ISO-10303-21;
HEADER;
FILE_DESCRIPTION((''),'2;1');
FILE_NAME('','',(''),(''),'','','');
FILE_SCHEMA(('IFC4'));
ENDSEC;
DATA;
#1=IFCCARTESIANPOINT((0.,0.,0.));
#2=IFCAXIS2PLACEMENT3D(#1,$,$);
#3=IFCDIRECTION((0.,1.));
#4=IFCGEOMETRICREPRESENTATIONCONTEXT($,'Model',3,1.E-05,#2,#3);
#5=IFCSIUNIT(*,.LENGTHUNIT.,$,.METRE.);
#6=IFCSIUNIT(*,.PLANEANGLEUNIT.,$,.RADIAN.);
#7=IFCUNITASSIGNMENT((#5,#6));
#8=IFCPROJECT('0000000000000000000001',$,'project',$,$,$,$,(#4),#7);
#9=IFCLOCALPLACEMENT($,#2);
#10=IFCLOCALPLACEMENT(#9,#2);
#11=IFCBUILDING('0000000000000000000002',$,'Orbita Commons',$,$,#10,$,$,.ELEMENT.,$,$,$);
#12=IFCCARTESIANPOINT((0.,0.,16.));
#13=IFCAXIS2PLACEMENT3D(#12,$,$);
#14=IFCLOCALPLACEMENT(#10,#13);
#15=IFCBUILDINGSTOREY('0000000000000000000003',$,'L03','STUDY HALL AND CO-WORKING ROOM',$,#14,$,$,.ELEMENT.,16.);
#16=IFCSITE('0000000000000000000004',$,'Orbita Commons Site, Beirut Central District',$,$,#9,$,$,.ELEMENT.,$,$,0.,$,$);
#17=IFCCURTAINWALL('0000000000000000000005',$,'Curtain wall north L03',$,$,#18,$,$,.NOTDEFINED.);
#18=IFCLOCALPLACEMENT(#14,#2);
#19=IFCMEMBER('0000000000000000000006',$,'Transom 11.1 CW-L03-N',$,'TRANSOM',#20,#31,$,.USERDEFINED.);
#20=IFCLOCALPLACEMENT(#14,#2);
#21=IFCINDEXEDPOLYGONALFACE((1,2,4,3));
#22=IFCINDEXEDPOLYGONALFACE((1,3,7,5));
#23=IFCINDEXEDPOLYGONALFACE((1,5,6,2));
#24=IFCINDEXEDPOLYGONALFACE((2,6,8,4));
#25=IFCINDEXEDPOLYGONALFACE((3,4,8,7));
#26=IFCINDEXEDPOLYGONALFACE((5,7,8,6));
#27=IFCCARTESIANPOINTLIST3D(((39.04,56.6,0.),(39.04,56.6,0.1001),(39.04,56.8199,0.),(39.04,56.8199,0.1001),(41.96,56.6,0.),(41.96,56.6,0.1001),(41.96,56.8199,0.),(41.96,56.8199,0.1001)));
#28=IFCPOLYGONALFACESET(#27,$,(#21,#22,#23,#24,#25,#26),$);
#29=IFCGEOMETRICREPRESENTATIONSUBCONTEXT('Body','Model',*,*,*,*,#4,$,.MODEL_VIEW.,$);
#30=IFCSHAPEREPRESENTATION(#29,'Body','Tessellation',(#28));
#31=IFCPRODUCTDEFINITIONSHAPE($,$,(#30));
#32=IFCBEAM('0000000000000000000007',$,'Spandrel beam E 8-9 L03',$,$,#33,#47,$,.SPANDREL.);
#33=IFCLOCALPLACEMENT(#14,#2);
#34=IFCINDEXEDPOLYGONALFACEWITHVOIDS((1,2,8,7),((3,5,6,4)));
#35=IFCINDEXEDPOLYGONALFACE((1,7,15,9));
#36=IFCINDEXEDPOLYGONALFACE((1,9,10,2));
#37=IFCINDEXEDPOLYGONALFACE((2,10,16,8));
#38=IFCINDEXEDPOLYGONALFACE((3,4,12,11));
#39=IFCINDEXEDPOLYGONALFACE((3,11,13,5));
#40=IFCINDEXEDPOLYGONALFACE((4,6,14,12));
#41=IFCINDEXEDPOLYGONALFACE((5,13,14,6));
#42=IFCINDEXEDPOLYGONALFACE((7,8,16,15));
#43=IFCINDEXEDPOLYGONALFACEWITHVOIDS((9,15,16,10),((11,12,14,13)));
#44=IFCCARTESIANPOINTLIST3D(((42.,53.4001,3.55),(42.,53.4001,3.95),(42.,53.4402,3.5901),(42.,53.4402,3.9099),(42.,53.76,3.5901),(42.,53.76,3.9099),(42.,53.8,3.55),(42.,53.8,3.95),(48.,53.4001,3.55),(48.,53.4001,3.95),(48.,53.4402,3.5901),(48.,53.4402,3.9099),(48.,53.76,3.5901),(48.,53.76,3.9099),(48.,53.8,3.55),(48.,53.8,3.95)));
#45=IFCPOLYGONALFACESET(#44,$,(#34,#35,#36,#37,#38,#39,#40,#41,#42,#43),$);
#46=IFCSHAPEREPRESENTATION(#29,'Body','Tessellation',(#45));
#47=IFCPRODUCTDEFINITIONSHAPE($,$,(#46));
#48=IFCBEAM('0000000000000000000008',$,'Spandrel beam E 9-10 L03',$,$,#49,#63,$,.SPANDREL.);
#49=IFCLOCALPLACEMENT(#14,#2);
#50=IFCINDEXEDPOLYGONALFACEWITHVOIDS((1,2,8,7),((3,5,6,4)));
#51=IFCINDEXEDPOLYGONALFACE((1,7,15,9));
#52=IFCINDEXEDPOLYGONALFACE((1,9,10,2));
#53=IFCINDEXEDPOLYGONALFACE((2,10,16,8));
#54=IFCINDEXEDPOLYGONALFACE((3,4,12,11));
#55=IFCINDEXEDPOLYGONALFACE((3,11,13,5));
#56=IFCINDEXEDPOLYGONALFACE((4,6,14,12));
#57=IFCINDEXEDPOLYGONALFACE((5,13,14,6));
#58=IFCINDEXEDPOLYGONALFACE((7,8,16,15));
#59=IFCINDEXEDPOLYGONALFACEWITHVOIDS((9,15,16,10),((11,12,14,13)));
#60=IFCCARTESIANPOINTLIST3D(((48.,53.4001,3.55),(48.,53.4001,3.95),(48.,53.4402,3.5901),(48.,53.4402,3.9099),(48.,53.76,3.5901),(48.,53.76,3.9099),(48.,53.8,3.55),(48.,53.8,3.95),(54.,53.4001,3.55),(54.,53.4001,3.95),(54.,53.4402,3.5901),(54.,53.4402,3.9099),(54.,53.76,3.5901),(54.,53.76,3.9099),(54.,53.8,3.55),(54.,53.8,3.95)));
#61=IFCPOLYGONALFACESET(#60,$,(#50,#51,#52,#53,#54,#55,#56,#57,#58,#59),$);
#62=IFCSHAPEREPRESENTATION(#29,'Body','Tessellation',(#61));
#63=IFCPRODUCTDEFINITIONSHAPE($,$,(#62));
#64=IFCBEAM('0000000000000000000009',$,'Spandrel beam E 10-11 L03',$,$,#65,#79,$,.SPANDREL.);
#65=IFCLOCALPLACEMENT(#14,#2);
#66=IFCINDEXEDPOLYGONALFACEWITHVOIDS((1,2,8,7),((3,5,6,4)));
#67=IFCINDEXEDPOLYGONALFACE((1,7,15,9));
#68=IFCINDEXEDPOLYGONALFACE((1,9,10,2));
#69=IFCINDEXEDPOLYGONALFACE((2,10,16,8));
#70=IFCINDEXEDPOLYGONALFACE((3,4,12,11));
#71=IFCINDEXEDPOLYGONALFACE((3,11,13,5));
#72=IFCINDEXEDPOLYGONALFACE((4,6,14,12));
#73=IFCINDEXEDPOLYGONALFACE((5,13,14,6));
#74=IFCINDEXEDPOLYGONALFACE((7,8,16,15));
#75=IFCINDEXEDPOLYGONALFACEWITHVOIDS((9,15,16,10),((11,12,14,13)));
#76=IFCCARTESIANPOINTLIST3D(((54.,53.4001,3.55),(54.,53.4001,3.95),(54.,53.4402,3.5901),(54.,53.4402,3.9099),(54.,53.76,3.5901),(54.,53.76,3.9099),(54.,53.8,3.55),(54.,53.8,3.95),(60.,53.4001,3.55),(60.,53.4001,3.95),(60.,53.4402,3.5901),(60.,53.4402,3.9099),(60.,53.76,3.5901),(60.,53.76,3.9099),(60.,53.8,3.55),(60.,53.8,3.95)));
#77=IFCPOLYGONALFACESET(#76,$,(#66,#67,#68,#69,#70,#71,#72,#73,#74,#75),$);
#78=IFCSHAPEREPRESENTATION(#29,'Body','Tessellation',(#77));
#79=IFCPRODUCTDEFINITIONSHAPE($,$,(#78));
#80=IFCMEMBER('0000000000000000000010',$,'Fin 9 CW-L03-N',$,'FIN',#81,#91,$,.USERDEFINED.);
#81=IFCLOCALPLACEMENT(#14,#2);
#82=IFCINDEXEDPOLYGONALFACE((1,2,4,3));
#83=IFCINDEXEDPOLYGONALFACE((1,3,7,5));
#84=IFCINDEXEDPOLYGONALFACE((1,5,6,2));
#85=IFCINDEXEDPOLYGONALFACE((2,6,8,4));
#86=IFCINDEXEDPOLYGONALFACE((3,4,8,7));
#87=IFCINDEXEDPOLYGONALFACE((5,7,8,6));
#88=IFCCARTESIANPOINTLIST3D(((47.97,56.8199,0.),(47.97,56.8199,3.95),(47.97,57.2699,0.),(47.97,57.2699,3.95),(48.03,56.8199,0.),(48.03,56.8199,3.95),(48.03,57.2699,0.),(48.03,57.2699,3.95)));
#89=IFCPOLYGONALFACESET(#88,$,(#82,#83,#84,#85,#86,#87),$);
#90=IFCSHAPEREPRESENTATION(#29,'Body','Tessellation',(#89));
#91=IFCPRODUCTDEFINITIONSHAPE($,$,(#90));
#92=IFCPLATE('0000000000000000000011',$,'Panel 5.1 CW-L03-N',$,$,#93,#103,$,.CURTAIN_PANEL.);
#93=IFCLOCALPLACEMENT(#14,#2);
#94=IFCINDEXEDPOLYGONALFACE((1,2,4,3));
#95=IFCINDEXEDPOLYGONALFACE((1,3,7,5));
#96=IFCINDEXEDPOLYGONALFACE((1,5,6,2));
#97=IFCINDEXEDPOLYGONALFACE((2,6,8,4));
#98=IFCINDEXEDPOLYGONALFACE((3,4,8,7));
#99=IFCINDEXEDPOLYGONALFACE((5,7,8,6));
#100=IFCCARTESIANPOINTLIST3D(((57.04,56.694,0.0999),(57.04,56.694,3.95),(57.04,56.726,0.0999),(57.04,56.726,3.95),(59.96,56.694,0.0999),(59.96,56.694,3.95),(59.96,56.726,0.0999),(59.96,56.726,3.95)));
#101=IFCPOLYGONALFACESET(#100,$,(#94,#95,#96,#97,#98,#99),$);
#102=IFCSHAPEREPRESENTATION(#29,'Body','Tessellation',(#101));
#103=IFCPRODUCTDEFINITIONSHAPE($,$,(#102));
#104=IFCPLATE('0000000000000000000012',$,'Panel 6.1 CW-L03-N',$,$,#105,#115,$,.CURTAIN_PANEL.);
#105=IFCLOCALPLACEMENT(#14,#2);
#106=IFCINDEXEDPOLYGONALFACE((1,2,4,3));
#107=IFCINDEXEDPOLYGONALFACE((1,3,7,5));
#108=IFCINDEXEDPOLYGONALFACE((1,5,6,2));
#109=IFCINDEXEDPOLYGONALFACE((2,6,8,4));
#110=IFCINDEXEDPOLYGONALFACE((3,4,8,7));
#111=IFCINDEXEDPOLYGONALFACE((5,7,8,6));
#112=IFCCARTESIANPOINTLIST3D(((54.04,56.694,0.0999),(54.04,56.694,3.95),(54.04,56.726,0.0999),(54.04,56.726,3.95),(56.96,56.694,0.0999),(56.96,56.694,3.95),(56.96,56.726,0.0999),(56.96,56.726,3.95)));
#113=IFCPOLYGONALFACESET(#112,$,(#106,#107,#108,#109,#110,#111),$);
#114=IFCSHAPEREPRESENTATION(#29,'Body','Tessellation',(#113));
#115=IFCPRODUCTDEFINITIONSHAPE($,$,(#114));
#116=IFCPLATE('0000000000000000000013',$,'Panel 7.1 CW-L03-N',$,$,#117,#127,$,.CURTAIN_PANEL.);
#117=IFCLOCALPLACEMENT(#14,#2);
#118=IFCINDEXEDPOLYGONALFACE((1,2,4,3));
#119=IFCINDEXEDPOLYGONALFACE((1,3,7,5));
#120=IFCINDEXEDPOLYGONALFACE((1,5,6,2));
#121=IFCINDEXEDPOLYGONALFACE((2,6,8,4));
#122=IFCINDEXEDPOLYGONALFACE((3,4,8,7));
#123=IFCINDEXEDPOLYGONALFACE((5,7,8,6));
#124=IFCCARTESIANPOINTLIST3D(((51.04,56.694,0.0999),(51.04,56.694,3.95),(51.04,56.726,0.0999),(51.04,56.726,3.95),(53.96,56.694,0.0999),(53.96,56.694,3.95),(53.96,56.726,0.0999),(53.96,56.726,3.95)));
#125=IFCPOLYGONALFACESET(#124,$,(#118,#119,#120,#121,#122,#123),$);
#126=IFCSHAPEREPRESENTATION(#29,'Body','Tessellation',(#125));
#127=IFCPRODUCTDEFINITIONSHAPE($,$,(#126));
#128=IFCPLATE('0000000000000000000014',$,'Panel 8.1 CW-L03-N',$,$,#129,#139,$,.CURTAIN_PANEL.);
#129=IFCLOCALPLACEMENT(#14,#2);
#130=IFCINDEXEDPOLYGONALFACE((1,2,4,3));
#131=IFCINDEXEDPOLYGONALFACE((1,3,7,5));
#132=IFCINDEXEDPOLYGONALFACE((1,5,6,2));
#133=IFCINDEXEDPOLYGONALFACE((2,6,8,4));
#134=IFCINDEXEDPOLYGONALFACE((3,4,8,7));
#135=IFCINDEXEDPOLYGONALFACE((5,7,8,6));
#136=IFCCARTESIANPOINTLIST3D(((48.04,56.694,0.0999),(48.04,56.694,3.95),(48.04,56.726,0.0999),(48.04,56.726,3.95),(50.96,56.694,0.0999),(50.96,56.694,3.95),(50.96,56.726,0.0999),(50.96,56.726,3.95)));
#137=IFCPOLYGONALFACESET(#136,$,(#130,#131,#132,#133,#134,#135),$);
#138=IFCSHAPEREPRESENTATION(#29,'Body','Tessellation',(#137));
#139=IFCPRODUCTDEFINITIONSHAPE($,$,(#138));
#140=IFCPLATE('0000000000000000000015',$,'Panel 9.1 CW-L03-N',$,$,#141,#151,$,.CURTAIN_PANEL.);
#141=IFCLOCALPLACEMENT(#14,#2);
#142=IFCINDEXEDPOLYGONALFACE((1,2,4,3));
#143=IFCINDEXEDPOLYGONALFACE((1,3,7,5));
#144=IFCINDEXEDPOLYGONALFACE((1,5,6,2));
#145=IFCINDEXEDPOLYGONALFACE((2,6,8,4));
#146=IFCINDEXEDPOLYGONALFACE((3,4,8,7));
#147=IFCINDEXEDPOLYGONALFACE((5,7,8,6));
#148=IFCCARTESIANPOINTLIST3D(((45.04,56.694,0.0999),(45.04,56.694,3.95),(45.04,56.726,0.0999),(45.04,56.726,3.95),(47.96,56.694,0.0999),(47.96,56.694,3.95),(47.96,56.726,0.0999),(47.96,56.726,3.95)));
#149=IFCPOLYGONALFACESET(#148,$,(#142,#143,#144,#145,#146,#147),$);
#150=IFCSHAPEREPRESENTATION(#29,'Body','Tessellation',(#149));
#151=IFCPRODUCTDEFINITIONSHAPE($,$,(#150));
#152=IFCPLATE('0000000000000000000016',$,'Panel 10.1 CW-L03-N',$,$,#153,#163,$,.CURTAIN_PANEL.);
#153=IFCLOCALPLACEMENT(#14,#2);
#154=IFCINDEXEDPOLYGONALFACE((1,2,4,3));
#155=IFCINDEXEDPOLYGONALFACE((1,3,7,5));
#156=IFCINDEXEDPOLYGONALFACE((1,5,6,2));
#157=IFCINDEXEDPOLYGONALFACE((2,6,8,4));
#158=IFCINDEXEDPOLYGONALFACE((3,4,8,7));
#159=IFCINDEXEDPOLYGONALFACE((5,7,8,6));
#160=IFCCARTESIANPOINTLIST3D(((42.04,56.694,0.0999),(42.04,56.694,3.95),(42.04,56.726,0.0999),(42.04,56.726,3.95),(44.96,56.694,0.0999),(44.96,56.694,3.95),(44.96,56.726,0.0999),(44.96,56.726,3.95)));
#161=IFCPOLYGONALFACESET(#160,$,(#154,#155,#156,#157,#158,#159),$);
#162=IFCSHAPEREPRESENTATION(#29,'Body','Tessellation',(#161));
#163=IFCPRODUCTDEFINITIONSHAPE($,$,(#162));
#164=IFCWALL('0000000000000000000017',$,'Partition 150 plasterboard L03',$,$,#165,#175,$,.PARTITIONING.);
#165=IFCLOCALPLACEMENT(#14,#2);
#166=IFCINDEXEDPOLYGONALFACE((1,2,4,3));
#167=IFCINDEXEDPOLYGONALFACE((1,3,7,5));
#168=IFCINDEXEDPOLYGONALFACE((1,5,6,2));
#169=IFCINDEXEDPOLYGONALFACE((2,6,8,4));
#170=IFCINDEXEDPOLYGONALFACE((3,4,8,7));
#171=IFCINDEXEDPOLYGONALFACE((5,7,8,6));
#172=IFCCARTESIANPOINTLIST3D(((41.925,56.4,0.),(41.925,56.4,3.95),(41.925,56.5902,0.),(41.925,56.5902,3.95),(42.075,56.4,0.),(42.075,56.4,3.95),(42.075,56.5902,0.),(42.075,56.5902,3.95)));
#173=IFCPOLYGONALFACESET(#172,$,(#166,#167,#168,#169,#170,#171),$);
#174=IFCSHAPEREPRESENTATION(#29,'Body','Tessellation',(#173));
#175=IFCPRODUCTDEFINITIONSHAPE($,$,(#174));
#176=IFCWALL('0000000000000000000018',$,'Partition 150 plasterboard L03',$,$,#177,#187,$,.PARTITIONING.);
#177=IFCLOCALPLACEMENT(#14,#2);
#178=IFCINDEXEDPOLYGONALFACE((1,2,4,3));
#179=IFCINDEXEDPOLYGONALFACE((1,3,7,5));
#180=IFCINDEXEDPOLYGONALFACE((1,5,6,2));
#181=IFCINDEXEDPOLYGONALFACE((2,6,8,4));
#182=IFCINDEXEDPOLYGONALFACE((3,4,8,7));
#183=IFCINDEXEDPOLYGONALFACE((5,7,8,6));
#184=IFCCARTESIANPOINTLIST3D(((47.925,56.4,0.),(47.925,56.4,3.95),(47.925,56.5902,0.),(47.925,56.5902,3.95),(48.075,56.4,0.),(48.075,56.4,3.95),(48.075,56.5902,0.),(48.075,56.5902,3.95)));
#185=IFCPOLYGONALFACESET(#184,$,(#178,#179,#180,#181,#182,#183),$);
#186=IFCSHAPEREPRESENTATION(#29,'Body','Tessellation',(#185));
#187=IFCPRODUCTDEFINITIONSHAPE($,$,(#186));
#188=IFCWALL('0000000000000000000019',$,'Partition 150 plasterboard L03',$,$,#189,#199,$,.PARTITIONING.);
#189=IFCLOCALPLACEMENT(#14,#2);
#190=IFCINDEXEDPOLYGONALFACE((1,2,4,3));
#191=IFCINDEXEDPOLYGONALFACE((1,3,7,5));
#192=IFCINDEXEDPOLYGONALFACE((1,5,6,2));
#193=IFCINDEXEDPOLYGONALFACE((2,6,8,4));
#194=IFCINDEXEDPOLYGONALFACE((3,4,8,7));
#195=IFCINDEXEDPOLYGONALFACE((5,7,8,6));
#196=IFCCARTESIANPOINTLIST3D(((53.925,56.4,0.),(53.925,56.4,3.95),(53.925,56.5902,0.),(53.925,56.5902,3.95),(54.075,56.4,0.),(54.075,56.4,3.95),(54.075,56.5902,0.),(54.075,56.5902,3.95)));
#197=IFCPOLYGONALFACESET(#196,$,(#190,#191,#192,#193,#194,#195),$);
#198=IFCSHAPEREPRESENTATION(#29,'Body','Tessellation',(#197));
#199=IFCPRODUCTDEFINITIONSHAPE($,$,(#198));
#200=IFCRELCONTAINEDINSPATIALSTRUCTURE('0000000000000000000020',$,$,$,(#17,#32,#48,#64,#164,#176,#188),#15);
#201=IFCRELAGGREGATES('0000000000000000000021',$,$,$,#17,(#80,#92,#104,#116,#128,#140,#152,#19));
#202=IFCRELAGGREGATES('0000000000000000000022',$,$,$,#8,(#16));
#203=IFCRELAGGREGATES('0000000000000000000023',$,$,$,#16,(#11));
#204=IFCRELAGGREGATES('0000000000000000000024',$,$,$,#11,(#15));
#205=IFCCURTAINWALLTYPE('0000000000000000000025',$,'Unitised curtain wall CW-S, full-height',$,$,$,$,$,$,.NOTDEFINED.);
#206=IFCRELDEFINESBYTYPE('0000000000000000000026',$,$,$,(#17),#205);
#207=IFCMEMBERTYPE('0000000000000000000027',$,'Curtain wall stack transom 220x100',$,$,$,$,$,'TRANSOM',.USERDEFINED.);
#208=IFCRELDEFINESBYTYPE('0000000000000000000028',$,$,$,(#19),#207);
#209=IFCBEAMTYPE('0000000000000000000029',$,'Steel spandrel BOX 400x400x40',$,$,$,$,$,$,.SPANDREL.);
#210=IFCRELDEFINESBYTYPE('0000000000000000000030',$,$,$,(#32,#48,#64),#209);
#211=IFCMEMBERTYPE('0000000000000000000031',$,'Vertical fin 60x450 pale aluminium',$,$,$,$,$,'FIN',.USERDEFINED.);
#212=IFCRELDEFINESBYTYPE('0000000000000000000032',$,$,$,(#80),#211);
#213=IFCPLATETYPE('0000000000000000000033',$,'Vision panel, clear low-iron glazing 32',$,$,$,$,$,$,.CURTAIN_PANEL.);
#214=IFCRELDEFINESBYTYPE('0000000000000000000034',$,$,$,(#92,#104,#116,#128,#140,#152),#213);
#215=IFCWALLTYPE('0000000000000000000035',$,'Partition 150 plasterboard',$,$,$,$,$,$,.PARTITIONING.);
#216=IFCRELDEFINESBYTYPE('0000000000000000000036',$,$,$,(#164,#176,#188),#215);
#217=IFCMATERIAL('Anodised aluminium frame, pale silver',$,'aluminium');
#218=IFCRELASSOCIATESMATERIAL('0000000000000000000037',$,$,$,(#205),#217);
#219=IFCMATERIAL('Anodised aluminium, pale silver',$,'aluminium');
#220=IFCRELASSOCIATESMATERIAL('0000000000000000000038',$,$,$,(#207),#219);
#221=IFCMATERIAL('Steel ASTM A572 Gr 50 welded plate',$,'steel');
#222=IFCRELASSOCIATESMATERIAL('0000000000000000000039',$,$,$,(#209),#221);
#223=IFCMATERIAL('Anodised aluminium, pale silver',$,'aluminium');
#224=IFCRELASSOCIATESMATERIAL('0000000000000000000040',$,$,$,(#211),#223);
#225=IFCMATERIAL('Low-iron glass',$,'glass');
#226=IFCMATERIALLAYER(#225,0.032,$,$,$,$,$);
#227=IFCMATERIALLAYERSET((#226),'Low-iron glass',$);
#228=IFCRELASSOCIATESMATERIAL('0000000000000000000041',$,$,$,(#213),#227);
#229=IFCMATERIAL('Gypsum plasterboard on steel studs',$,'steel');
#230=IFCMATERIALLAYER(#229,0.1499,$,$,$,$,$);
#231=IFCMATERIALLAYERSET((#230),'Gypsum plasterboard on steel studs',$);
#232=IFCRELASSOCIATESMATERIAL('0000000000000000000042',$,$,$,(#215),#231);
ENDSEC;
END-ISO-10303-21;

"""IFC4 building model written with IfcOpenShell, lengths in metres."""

from ifc_helpers import new_model, si_unit, direction, frame, frame_2d, origin, origin_2d, place, context, subcontext, project, spatial, rectangle, hollow_rectangle, extrude, material, layer, layer_set, material_profile, profile_set, type_object, element, aggregate, save


model = new_model("IFC4")

# Units and contexts
model_context = context("Model", 3, precision=1e-05, world=origin(), true_north=direction((0.0, 1.0)))
body_context = subcontext(model_context, "Body", "Model", "MODEL_VIEW")
ifc_project = project(units=[si_unit("LENGTHUNIT", "METRE"), si_unit("PLANEANGLEUNIT", "RADIAN")], contexts=[model_context])

# Site, building, storey
site_placement = place(None, origin())
site = spatial("IfcSite", under=ifc_project, at=site_placement, Name="Orbita Commons Site, Beirut Central District", CompositionType="ELEMENT", RefElevation=0.0)
building_placement = place(site_placement, origin())
building = spatial("IfcBuilding", under=site, at=building_placement, Name="Orbita Commons", CompositionType="ELEMENT")
storey_placement = place(building_placement, frame((0.0, 0.0, 16.0)))
storey = spatial("IfcBuildingStorey", under=building, at=storey_placement, Name="L03", Description="STUDY HALL AND CO-WORKING ROOM", CompositionType="ELEMENT", Elevation=16.0)

# Curtain wall, member
ifc_material_1 = material(Name="Anodised aluminium frame, pale silver", Category="aluminium")
curtain_wall_type = type_object("IfcCurtainWallType", Name="Unitised curtain wall CW-S, full-height", PredefinedType="NOTDEFINED", material=ifc_material_1)
curtain_wall_placement = place(storey_placement, origin())
curtain_wall = element("IfcCurtainWall", 1, at=curtain_wall_placement, inside=storey, type_object=curtain_wall_type, Name="Curtain wall north L03", PredefinedType="NOTDEFINED")
ifc_material_2 = material(Name="Anodised aluminium, pale silver", Category="aluminium")
ifc_material_profile_1 = material_profile(ifc_material_2, rectangle(XDim=0.22, YDim=0.1001, at=origin_2d()), Name="AL 220x100")
ifc_profile_set_1 = profile_set([ifc_material_profile_1], Name="Anodised aluminium, pale silver")
member_type_1 = type_object("IfcMemberType", Name="Curtain wall stack transom 220x100", ElementType="TRANSOM", PredefinedType="USERDEFINED", material=ifc_profile_set_1)
member_1_placement = place(storey_placement, frame((41.96, 56.71, 0.05), z_axis=(-1.0, 0.0, 0.0), x_axis=(0.0, -1.0, 0.0)))
member_1 = element("IfcMember", 2, at=member_1_placement, type_object=member_type_1, Name="Transom 11.1 CW-L03-N", ObjectType="TRANSOM", PredefinedType="USERDEFINED", context=body_context, shape_type="SweptSolid", body=[
    extrude(rectangle(XDim=0.22, YDim=0.1001, at=origin_2d()), origin(), (0.0, 0.0, 1.0), 2.9199),
])

# Beams
ifc_material_3 = material(Name="Steel ASTM A572 Gr 50 welded plate", Category="steel")
ifc_material_profile_2 = material_profile(ifc_material_3, hollow_rectangle(XDim=0.3999, YDim=0.3999, WallThickness=0.04, at=origin_2d()), Name="BOX 400x400x40")
ifc_profile_set_2 = profile_set([ifc_material_profile_2], Name="Steel ASTM A572 Gr 50 welded plate")
beam_type = type_object("IfcBeamType", Name="Steel spandrel BOX 400x400x40", PredefinedType="SPANDREL", material=ifc_profile_set_2)
for number, where, z_axis, x_axis, name in (
    (3, (42.0, 53.6001, 3.75), (1.0, 0.0, 0.0), (0.0, 1.0, 0.0), "Spandrel beam E 8-9 L03"),
    (4, (48.0, 53.6001, 3.75), (1.0, 0.0, 0.0), (0.0, 1.0, 0.0), "Spandrel beam E 9-10 L03"),
    (5, (54.0, 53.6001, 3.75), (1.0, 0.0, 0.0), (0.0, 1.0, 0.0), "Spandrel beam E 10-11 L03"),
):
    element("IfcBeam", number, at=place(storey_placement, frame(where, z_axis=z_axis, x_axis=x_axis)), inside=storey, type_object=beam_type, Name=name, PredefinedType="SPANDREL", context=body_context, shape_type="SweptSolid", body=[
        extrude(hollow_rectangle(XDim=0.3999, YDim=0.3999, WallThickness=0.04, at=origin_2d()), origin(), (0.0, 0.0, 1.0), 6.0),
    ])

# Member
ifc_material_4 = material(Name="Anodised aluminium, pale silver", Category="aluminium")
ifc_material_profile_3 = material_profile(ifc_material_4, rectangle(XDim=0.0601, YDim=0.45, at=origin_2d()), Name="FIN 60x450")
ifc_profile_set_3 = profile_set([ifc_material_profile_3], Name="Anodised aluminium, pale silver")
member_type_2 = type_object("IfcMemberType", Name="Vertical fin 60x450 pale aluminium", ElementType="FIN", PredefinedType="USERDEFINED", material=ifc_profile_set_3)
member_2_placement = place(storey_placement, frame((48.0, 57.0449, 0.0), z_axis=(0.0, 0.0, 1.0), x_axis=(-1.0, 0.0, 0.0)))
member_2 = element("IfcMember", 6, at=member_2_placement, type_object=member_type_2, Name="Fin 9 CW-L03-N", ObjectType="FIN", PredefinedType="USERDEFINED", context=body_context, shape_type="SweptSolid", body=[
    extrude(rectangle(XDim=0.0601, YDim=0.45, at=origin_2d()), origin(), (0.0, 0.0, 1.0), 3.95),
])

# Plates
ifc_material_5 = material(Name="Low-iron glass", Category="glass")
ifc_layer_1 = layer(ifc_material_5, 0.032)
ifc_layer_set_1 = layer_set([ifc_layer_1], Name="Low-iron glass")
plate_type = type_object("IfcPlateType", Name="Vision panel, clear low-iron glazing 32", PredefinedType="CURTAIN_PANEL", material=ifc_layer_set_1)
plate_1_placement = place(storey_placement, frame((58.5, 56.71, 0.0999), z_axis=(0.0, 0.0, 1.0), x_axis=(-1.0, 0.0, 0.0)))
plate_1 = element("IfcPlate", 7, at=plate_1_placement, type_object=plate_type, Name="Panel 5.1 CW-L03-N", PredefinedType="CURTAIN_PANEL", context=body_context, shape_type="SweptSolid", body=[
    extrude(rectangle(XDim=2.9199, YDim=0.032, at=origin_2d()), origin(), (0.0, 0.0, 1.0), 3.8501),
])
plate_2_placement = place(storey_placement, frame((55.5, 56.71, 0.0999), z_axis=(0.0, 0.0, 1.0), x_axis=(-1.0, 0.0, 0.0)))
plate_2 = element("IfcPlate", 8, at=plate_2_placement, type_object=plate_type, Name="Panel 6.1 CW-L03-N", PredefinedType="CURTAIN_PANEL", context=body_context, shape_type="SweptSolid", body=[
    extrude(rectangle(XDim=2.9199, YDim=0.032, at=origin_2d()), origin(), (0.0, 0.0, 1.0), 3.8501),
])
plate_3_placement = place(storey_placement, frame((52.5, 56.71, 0.0999), z_axis=(0.0, 0.0, 1.0), x_axis=(-1.0, 0.0, 0.0)))
plate_3 = element("IfcPlate", 9, at=plate_3_placement, type_object=plate_type, Name="Panel 7.1 CW-L03-N", PredefinedType="CURTAIN_PANEL", context=body_context, shape_type="SweptSolid", body=[
    extrude(rectangle(XDim=2.9199, YDim=0.032, at=origin_2d()), origin(), (0.0, 0.0, 1.0), 3.8501),
])
plate_4_placement = place(storey_placement, frame((49.5, 56.71, 0.0999), z_axis=(0.0, 0.0, 1.0), x_axis=(-1.0, 0.0, 0.0)))
plate_4 = element("IfcPlate", 10, at=plate_4_placement, type_object=plate_type, Name="Panel 8.1 CW-L03-N", PredefinedType="CURTAIN_PANEL", context=body_context, shape_type="SweptSolid", body=[
    extrude(rectangle(XDim=2.9199, YDim=0.032, at=origin_2d()), origin(), (0.0, 0.0, 1.0), 3.8501),
])
plate_5_placement = place(storey_placement, frame((46.5, 56.71, 0.0999), z_axis=(0.0, 0.0, 1.0), x_axis=(-1.0, 0.0, 0.0)))
plate_5 = element("IfcPlate", 11, at=plate_5_placement, type_object=plate_type, Name="Panel 9.1 CW-L03-N", PredefinedType="CURTAIN_PANEL", context=body_context, shape_type="SweptSolid", body=[
    extrude(rectangle(XDim=2.9199, YDim=0.032, at=origin_2d()), origin(), (0.0, 0.0, 1.0), 3.8501),
])
plate_6_placement = place(storey_placement, frame((43.5, 56.71, 0.0999), z_axis=(0.0, 0.0, 1.0), x_axis=(-1.0, 0.0, 0.0)))
plate_6 = element("IfcPlate", 12, at=plate_6_placement, type_object=plate_type, Name="Panel 10.1 CW-L03-N", PredefinedType="CURTAIN_PANEL", context=body_context, shape_type="SweptSolid", body=[
    extrude(rectangle(XDim=2.9199, YDim=0.032, at=origin_2d()), origin(), (0.0, 0.0, 1.0), 3.8501),
])
aggregate(curtain_wall, [member_2, plate_1, plate_2, plate_3, plate_4, plate_5, plate_6, member_1])

# Walls
ifc_material_6 = material(Name="Gypsum plasterboard on steel studs", Category="steel")
ifc_layer_2 = layer(ifc_material_6, 0.1499)
ifc_layer_set_2 = layer_set([ifc_layer_2], Name="Gypsum plasterboard on steel studs")
wall_type = type_object("IfcWallType", Name="Partition 150 plasterboard", PredefinedType="PARTITIONING", material=ifc_layer_set_2)
for number, where, z_axis, x_axis, name in (
    (13, (42.0, 56.3999, 0.0), (0.0, 0.0, 1.0), (0.0, 1.0, 0.0), "Partition 150 plasterboard L03"),
    (14, (48.0, 56.3999, 0.0), (0.0, 0.0, 1.0), (0.0, 1.0, 0.0), "Partition 150 plasterboard L03"),
    (15, (54.0, 56.3999, 0.0), (0.0, 0.0, 1.0), (0.0, 1.0, 0.0), "Partition 150 plasterboard L03"),
):
    element("IfcWall", number, at=place(storey_placement, frame(where, z_axis=z_axis, x_axis=x_axis)), inside=storey, type_object=wall_type, Name=name, PredefinedType="PARTITIONING", context=body_context, shape_type="SweptSolid", body=[
        extrude(rectangle(XDim=0.1902, YDim=0.1499, at=frame_2d((0.0952, 0.0))), origin(), (0.0, 0.0, 1.0), 3.95),
    ])

save(model, "model.ifc")
